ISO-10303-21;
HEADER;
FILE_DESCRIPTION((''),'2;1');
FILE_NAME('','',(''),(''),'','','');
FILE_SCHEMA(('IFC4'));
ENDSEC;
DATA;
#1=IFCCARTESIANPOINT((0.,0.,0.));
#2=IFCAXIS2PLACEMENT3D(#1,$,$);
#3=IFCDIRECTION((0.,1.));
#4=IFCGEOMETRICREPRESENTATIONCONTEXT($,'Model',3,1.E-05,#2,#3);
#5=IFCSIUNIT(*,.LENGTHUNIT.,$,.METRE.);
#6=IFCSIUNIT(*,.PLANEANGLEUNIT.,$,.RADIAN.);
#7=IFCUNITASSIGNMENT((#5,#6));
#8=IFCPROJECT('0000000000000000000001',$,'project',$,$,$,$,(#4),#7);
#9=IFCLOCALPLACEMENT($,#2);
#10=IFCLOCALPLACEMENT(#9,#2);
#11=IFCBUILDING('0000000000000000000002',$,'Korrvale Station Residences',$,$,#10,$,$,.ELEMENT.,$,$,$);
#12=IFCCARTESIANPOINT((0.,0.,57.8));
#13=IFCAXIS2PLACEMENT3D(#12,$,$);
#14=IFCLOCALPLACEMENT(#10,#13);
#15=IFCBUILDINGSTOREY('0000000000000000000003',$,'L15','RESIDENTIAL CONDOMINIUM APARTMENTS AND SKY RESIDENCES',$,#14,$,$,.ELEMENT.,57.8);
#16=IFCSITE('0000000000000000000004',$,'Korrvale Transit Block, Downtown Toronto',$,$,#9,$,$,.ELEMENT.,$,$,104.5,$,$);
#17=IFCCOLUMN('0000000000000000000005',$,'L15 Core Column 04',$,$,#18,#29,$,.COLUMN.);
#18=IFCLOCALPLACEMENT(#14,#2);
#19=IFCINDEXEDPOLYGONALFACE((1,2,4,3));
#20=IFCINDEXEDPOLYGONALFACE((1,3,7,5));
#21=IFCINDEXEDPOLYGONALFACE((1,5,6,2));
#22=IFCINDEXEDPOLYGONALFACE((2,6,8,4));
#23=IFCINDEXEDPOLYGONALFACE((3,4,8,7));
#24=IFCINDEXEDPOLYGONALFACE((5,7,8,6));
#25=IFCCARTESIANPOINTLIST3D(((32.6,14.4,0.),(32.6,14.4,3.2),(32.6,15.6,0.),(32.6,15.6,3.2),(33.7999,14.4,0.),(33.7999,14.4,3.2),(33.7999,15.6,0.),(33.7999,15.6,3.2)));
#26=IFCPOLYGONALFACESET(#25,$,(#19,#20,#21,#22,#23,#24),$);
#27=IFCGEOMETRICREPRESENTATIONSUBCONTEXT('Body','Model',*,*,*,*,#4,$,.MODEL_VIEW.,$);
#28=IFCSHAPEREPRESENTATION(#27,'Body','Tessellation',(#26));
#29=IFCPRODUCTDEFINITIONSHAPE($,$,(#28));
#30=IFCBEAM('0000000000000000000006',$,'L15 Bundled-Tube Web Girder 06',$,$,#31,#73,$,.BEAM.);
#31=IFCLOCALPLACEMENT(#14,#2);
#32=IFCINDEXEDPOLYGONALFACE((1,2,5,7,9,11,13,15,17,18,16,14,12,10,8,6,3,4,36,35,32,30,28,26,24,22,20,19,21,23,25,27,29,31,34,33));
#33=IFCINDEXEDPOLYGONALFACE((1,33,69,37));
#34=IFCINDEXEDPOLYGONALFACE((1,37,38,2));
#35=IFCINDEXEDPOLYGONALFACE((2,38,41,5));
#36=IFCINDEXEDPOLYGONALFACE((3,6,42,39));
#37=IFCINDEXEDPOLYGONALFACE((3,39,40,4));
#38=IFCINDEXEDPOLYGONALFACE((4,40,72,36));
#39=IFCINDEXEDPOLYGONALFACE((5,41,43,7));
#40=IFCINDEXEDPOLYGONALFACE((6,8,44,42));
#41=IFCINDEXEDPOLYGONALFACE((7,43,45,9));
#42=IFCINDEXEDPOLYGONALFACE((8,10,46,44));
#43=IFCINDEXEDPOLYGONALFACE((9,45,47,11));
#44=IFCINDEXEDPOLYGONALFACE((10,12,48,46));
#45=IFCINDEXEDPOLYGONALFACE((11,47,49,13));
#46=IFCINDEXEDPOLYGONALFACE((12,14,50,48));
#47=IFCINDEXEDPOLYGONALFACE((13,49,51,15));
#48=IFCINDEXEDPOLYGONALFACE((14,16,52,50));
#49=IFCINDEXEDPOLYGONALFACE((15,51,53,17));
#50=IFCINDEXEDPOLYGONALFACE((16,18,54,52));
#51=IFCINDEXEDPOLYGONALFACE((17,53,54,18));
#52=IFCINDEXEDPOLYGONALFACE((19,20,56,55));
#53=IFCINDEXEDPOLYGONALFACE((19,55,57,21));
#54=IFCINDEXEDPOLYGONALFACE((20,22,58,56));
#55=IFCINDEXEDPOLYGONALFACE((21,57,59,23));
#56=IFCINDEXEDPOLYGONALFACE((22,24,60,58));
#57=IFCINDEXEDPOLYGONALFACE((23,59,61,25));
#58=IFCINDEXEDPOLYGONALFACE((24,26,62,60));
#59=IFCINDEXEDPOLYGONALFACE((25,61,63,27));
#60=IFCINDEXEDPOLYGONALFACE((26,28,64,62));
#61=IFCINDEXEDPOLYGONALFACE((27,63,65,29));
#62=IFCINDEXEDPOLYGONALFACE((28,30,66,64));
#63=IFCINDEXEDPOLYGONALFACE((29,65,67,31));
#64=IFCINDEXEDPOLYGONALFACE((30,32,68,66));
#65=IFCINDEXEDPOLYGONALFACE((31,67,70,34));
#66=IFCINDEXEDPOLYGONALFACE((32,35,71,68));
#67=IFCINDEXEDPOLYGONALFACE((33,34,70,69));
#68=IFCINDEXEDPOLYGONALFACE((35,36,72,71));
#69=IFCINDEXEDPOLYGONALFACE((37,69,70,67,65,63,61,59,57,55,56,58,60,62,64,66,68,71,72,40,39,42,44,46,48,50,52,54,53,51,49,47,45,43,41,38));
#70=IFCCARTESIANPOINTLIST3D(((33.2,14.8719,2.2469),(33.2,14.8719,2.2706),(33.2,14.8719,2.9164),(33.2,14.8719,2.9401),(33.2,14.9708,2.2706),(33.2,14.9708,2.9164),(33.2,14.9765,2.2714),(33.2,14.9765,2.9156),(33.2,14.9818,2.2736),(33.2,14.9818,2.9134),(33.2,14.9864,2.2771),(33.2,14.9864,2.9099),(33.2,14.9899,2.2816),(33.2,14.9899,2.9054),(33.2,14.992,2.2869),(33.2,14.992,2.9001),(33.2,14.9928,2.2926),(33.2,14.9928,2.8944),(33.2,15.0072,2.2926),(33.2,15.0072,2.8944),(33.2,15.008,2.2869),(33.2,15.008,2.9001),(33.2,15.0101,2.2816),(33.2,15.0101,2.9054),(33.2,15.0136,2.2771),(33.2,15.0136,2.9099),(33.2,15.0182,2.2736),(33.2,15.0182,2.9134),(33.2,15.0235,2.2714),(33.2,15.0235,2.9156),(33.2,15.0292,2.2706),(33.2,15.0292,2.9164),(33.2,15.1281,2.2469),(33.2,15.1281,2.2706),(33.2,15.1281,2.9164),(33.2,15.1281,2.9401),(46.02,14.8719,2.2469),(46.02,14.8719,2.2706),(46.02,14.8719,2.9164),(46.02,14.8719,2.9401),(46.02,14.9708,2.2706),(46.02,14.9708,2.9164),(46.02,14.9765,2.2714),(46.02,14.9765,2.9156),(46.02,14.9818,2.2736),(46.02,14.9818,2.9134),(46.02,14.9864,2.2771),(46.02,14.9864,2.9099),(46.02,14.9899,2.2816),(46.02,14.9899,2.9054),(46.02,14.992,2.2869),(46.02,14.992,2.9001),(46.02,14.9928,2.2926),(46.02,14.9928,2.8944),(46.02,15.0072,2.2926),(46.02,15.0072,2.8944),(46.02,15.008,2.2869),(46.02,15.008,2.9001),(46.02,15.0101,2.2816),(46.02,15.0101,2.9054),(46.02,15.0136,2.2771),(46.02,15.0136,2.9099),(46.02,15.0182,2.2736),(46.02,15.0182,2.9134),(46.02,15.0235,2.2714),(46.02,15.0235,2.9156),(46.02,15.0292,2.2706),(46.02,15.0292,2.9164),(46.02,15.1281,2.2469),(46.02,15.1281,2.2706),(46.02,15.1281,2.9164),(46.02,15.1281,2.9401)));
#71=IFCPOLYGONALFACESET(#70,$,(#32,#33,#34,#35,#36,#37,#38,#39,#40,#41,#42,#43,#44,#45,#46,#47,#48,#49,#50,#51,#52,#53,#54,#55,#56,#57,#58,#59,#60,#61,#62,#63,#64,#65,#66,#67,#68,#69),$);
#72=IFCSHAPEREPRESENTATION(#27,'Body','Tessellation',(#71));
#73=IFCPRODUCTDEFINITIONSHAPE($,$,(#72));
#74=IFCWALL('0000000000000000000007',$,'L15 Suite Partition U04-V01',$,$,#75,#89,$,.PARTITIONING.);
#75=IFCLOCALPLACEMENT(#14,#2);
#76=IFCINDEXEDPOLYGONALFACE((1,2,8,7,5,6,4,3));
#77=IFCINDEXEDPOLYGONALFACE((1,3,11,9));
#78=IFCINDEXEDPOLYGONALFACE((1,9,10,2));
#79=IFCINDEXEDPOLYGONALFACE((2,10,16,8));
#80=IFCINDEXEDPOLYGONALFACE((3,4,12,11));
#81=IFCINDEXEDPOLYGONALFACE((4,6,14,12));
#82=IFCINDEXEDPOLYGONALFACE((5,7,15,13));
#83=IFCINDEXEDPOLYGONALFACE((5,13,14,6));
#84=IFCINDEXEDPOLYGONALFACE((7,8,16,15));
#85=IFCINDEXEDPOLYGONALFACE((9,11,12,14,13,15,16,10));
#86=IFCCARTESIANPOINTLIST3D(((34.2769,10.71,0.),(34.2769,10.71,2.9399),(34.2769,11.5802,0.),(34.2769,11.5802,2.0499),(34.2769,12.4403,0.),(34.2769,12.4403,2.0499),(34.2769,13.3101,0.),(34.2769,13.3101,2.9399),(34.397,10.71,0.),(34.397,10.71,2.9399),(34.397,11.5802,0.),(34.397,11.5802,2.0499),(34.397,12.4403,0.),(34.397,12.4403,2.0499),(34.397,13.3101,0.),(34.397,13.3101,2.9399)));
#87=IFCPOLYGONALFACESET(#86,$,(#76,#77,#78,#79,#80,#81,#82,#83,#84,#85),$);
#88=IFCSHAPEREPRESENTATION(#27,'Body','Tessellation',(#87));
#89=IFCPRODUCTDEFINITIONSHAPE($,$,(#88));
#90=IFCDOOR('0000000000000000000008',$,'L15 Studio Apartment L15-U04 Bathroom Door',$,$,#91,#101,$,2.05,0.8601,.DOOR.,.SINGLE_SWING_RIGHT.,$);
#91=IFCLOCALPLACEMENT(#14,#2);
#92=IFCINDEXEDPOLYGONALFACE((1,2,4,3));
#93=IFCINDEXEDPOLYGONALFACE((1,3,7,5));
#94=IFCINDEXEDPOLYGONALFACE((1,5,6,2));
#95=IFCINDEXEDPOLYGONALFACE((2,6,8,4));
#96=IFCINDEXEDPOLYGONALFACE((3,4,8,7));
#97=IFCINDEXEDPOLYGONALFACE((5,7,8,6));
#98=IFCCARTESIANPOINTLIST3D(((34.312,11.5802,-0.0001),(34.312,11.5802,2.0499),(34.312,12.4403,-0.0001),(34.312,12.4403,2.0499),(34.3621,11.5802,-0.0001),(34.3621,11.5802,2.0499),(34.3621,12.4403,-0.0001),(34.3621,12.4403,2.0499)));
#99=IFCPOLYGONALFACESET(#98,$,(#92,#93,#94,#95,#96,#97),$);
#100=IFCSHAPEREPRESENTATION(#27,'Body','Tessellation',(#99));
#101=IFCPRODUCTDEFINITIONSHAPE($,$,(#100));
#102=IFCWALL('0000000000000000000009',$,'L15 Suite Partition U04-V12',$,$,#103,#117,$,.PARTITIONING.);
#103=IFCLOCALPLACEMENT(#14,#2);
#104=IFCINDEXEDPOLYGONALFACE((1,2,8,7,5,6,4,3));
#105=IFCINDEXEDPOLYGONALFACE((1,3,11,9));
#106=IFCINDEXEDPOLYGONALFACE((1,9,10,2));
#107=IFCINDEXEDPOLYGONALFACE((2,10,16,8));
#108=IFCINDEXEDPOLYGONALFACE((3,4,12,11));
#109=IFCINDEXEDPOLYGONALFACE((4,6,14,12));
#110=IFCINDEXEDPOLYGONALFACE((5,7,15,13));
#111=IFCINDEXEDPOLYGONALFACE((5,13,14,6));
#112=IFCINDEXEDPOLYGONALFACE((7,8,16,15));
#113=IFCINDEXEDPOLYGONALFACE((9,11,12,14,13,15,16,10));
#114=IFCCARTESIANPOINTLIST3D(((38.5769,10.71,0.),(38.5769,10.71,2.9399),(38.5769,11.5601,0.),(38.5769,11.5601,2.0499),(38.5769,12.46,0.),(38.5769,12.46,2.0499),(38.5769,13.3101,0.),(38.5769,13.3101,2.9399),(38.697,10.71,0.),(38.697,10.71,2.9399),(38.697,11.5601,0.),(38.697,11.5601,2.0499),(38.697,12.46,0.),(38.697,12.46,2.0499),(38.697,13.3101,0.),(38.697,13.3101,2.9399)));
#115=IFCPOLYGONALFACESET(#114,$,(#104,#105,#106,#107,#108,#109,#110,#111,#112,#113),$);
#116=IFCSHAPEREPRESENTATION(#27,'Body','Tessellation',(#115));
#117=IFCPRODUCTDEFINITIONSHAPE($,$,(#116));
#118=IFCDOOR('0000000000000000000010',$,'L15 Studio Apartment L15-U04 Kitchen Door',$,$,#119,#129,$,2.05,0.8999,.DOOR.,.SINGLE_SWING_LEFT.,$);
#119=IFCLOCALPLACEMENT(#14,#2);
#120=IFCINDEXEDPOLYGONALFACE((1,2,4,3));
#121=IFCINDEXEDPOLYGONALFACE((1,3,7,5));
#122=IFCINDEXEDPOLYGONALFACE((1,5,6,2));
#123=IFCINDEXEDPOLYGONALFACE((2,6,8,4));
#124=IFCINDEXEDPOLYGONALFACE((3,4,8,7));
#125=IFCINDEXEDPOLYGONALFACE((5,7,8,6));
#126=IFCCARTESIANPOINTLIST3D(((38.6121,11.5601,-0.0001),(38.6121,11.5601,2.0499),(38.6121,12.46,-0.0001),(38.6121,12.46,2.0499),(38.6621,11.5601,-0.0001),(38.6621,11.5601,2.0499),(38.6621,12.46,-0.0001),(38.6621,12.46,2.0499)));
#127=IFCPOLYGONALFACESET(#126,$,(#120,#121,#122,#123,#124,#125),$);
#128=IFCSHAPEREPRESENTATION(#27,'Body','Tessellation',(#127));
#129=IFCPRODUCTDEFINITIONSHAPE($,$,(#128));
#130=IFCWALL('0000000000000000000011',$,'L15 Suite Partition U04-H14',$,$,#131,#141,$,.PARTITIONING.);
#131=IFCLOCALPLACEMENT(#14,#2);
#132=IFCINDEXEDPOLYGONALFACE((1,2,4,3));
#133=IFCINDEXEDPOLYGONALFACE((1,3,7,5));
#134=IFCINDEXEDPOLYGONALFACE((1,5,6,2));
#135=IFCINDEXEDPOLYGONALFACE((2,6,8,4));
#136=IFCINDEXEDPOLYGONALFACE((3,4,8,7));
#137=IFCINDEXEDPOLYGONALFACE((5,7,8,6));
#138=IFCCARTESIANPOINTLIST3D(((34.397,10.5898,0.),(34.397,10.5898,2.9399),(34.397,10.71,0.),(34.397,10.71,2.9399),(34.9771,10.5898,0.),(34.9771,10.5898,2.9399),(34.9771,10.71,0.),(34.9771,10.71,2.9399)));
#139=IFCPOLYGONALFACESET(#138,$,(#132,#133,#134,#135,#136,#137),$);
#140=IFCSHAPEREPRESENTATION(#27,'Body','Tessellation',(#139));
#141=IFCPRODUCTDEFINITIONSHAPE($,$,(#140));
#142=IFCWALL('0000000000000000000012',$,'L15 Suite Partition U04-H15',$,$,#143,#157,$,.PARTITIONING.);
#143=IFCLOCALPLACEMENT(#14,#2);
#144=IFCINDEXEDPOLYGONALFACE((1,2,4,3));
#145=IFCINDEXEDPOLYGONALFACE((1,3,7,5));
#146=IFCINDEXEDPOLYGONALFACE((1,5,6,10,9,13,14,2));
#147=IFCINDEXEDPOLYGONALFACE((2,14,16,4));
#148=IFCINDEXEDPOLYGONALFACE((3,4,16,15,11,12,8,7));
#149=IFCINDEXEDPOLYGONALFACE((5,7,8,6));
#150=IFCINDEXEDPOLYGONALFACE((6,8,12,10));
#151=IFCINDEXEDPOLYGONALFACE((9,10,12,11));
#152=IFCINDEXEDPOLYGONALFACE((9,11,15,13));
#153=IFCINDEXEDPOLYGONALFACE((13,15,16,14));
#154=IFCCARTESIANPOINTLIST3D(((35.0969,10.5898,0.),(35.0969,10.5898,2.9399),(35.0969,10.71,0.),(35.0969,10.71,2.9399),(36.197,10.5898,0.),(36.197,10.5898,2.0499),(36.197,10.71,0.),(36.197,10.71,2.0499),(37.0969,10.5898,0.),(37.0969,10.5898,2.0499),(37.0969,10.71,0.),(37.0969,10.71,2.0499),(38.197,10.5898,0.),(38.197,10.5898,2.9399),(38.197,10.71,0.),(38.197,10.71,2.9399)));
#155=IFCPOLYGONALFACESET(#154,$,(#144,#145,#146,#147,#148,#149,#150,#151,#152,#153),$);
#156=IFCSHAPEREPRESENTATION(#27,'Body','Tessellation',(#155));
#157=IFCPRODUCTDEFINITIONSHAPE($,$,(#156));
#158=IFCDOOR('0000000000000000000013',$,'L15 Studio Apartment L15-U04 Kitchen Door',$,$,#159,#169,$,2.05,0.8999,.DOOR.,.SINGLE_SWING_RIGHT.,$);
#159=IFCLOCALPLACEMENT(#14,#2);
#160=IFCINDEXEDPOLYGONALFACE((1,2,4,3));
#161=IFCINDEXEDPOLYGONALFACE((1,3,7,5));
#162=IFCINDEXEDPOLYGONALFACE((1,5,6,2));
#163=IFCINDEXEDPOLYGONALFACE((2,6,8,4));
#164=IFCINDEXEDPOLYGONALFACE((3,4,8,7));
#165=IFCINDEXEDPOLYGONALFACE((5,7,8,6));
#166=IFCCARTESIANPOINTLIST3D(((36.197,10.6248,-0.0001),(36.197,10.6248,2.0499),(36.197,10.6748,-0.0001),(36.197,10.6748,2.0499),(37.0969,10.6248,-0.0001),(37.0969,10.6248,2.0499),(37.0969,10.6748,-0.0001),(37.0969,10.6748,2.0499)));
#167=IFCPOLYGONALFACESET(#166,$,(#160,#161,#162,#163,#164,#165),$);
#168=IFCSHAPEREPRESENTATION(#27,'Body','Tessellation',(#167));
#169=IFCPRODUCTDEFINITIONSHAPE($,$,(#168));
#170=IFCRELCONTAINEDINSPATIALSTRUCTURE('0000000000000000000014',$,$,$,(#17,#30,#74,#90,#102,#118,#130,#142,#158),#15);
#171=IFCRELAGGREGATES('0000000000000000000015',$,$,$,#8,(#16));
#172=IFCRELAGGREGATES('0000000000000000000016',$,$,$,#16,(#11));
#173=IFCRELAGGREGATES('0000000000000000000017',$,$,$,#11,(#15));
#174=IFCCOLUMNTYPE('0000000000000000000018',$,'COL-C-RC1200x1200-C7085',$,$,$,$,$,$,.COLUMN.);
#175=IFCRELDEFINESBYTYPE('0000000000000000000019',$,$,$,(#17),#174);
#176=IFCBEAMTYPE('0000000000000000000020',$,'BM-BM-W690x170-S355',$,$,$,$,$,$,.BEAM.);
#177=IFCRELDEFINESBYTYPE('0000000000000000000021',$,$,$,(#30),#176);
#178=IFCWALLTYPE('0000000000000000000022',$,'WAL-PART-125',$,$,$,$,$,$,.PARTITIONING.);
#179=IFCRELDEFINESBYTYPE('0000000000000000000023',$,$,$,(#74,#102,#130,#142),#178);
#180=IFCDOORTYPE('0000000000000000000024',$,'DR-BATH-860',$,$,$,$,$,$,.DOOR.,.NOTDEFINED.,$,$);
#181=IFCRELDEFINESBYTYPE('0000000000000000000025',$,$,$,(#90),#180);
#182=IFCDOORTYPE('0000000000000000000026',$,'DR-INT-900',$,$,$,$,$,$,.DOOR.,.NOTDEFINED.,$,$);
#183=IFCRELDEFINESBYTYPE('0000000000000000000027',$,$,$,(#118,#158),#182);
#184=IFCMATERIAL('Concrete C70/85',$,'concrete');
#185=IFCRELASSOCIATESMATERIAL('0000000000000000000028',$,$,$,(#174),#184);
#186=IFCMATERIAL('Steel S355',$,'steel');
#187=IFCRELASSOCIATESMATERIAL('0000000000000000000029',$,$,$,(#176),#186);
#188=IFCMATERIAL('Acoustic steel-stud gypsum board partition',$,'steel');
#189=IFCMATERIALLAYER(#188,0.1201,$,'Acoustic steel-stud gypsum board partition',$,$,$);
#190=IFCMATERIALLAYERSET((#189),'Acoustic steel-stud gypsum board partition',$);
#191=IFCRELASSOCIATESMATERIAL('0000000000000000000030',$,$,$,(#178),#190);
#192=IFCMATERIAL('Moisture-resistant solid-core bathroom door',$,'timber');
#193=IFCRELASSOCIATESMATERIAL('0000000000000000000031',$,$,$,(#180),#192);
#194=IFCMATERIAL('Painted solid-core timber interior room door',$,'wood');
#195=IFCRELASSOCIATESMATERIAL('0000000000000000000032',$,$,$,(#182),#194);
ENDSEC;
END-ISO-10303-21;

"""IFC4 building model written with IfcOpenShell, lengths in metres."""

from ifc_helpers import new_model, si_unit, direction, frame, frame_2d, origin, origin_2d, place, context, subcontext, project, spatial, rectangle, i_section, extrude, material, layer, layer_set, material_profile, profile_set, type_object, element, fill, save


model = new_model("IFC4")

# Units and contexts
model_context = context("Model", 3, precision=1e-05, world=origin(), true_north=direction((0.0, 1.0)))
body_context = subcontext(model_context, "Body", "Model", "MODEL_VIEW")
ifc_project = project(units=[si_unit("LENGTHUNIT", "METRE"), si_unit("PLANEANGLEUNIT", "RADIAN")], contexts=[model_context])

# Site, building, storey
site_placement = place(None, origin())
site = spatial("IfcSite", under=ifc_project, at=site_placement, Name="Korrvale Transit Block, Downtown Toronto", CompositionType="ELEMENT", RefElevation=104.5)
building_placement = place(site_placement, origin())
building = spatial("IfcBuilding", under=site, at=building_placement, Name="Korrvale Station Residences", CompositionType="ELEMENT")
storey_placement = place(building_placement, frame((0.0, 0.0, 57.8)))
storey = spatial("IfcBuildingStorey", under=building, at=storey_placement, Name="L15", Description="RESIDENTIAL CONDOMINIUM APARTMENTS AND SKY RESIDENCES", CompositionType="ELEMENT", Elevation=57.8)

# Column
ifc_material_1 = material(Name="Concrete C70/85", Category="concrete")
ifc_material_profile_1 = material_profile(ifc_material_1, rectangle(XDim=1.2, YDim=1.2, at=origin_2d()), Name="RC1200x1200")
ifc_profile_set_1 = profile_set([ifc_material_profile_1], Name="Concrete C70/85")
column_type = type_object("IfcColumnType", Name="COL-C-RC1200x1200-C7085", PredefinedType="COLUMN", material=ifc_profile_set_1)
column_placement = place(storey_placement, frame((33.2, 15.0, 0.0), z_axis=(0.0, 0.0, 1.0), x_axis=(1.0, 0.0, 0.0)))
element("IfcColumn", 1, at=column_placement, inside=storey, type_object=column_type, Name="L15 Core Column 04", PredefinedType="COLUMN", context=body_context, shape_type="SweptSolid", body=[
    extrude(rectangle(XDim=1.2, YDim=1.2, at=origin_2d()), origin(), (0.0, 0.0, 1.0), 3.2),
])

# Beam
ifc_material_2 = material(Name="Steel S355", Category="steel")
ifc_material_profile_2 = material_profile(ifc_material_2, i_section(OverallWidth=0.2561, OverallDepth=0.6931, WebThickness=0.0144, FlangeThickness=0.0237, FilletRadius=0.022, at=origin_2d()), Name="W690x170")
ifc_profile_set_2 = profile_set([ifc_material_profile_2], Name="Steel S355")
beam_type = type_object("IfcBeamType", Name="BM-BM-W690x170-S355", PredefinedType="BEAM", material=ifc_profile_set_2)
beam_placement = place(storey_placement, frame((33.2, 15.0, 2.5935), z_axis=(1.0, 0.0, 0.0), x_axis=(0.0, 1.0, 0.0)))
element("IfcBeam", 2, at=beam_placement, inside=storey, type_object=beam_type, Name="L15 Bundled-Tube Web Girder 06", PredefinedType="BEAM", context=body_context, shape_type="SweptSolid", body=[
    extrude(i_section(OverallWidth=0.2561, OverallDepth=0.6931, WebThickness=0.0144, FlangeThickness=0.0237, FilletRadius=0.022, at=origin_2d()), origin(), (0.0, 0.0, 1.0), 12.8201),
])

# Walls, openings, doors
ifc_material_3 = material(Name="Acoustic steel-stud gypsum board partition", Category="steel")
ifc_layer_1 = layer(ifc_material_3, 0.1201, Name="Acoustic steel-stud gypsum board partition")
ifc_layer_set_1 = layer_set([ifc_layer_1], Name="Acoustic steel-stud gypsum board partition")
wall_type_1 = type_object("IfcWallType", Name="WAL-PART-125", PredefinedType="PARTITIONING", material=ifc_layer_set_1)
wall_1_placement = place(storey_placement, frame((34.3369, 10.71, 0.0), z_axis=(0.0, 0.0, 1.0), x_axis=(0.0, 1.0, 0.0)))
wall_1 = element("IfcWall", 3, at=wall_1_placement, inside=storey, type_object=wall_type_1, Name="L15 Suite Partition U04-V01", PredefinedType="PARTITIONING", context=body_context, shape_type="SweptSolid", body=[
    extrude(rectangle(XDim=2.6001, YDim=0.1201, at=frame_2d((1.3, 0.0))), origin(), (0.0, 0.0, 1.0), 2.9399),
])
opening_1_placement = place(wall_1_placement, frame((0.8701, 0.0, 0.0)))
opening_1 = element("IfcOpeningElement", 4, at=opening_1_placement, cuts=wall_1, PredefinedType="OPENING", context=body_context, shape_type="SweptSolid", body=[
    extrude(rectangle(XDim=0.8601, YDim=2.05, at=frame_2d((0.4302, 1.0249))), frame((0.0, 0.0701, 0.0), z_axis=(0.0, -1.0, 0.0), x_axis=(1.0, 0.0, 0.0)), (0.0, 0.0, 1.0), 0.1401),
])
ifc_material_4 = material(Name="Moisture-resistant solid-core bathroom door", Category="timber")
door_type_1 = type_object("IfcDoorType", Name="DR-BATH-860", OperationType="NOTDEFINED", PredefinedType="DOOR", material=ifc_material_4)
door_1_placement = place(opening_1_placement, origin())
door_1 = element("IfcDoor", 5, at=door_1_placement, inside=storey, type_object=door_type_1, Name="L15 Studio Apartment L15-U04 Bathroom Door", OperationType="SINGLE_SWING_RIGHT", OverallHeight=2.05, OverallWidth=0.8601, PredefinedType="DOOR", context=body_context, shape_type="SweptSolid", body=[
    extrude(rectangle(XDim=0.8601, YDim=2.05, at=frame_2d((0.4302, 1.0249))), frame((0.0, 0.0249, 0.0), z_axis=(0.0, -1.0, 0.0), x_axis=(1.0, 0.0, 0.0)), (0.0, 0.0, 1.0), 0.05),
])
fill(opening_1, door_1)
wall_2_placement = place(storey_placement, frame((38.637, 10.71, 0.0), z_axis=(0.0, 0.0, 1.0), x_axis=(0.0, 1.0, 0.0)))
wall_2 = element("IfcWall", 6, at=wall_2_placement, inside=storey, type_object=wall_type_1, Name="L15 Suite Partition U04-V12", PredefinedType="PARTITIONING", context=body_context, shape_type="SweptSolid", body=[
    extrude(rectangle(XDim=2.6001, YDim=0.1201, at=frame_2d((1.3, 0.0))), origin(), (0.0, 0.0, 1.0), 2.9399),
])
opening_2_placement = place(wall_2_placement, frame((0.8501, 0.0, 0.0)))
opening_2 = element("IfcOpeningElement", 7, at=opening_2_placement, cuts=wall_2, PredefinedType="OPENING", context=body_context, shape_type="SweptSolid", body=[
    extrude(rectangle(XDim=0.8999, YDim=2.05, at=frame_2d((0.45, 1.0249))), frame((0.0, 0.0701, 0.0), z_axis=(0.0, -1.0, 0.0), x_axis=(1.0, 0.0, 0.0)), (0.0, 0.0, 1.0), 0.1401),
])
ifc_material_5 = material(Name="Painted solid-core timber interior room door", Category="wood")
door_type_2 = type_object("IfcDoorType", Name="DR-INT-900", OperationType="NOTDEFINED", PredefinedType="DOOR", material=ifc_material_5)
door_2_placement = place(opening_2_placement, origin())
door_2 = element("IfcDoor", 8, at=door_2_placement, inside=storey, type_object=door_type_2, Name="L15 Studio Apartment L15-U04 Kitchen Door", OperationType="SINGLE_SWING_LEFT", OverallHeight=2.05, OverallWidth=0.8999, PredefinedType="DOOR", context=body_context, shape_type="SweptSolid", body=[
    extrude(rectangle(XDim=0.8999, YDim=2.05, at=frame_2d((0.45, 1.0249))), frame((0.0, 0.0249, 0.0), z_axis=(0.0, -1.0, 0.0), x_axis=(1.0, 0.0, 0.0)), (0.0, 0.0, 1.0), 0.05),
])
fill(opening_2, door_2)

# Wall
wall_3_placement = place(storey_placement, frame((34.397, 10.6499, 0.0), z_axis=(0.0, 0.0, 1.0), x_axis=(1.0, 0.0, 0.0)))
element("IfcWall", 9, at=wall_3_placement, inside=storey, type_object=wall_type_1, Name="L15 Suite Partition U04-H14", PredefinedType="PARTITIONING", context=body_context, shape_type="SweptSolid", body=[
    extrude(rectangle(XDim=0.5801, YDim=0.1201, at=frame_2d((0.29, 0.0))), origin(), (0.0, 0.0, 1.0), 2.9399),
])

# Wall, opening, door
wall_4_placement = place(storey_placement, frame((35.0969, 10.6499, 0.0), z_axis=(0.0, 0.0, 1.0), x_axis=(1.0, 0.0, 0.0)))
wall_4 = element("IfcWall", 10, at=wall_4_placement, inside=storey, type_object=wall_type_1, Name="L15 Suite Partition U04-H15", PredefinedType="PARTITIONING", context=body_context, shape_type="SweptSolid", body=[
    extrude(rectangle(XDim=3.1001, YDim=0.1201, at=frame_2d((1.55, 0.0))), origin(), (0.0, 0.0, 1.0), 2.9399),
])
opening_3_placement = place(wall_4_placement, frame((1.1001, 0.0, 0.0)))
opening_3 = element("IfcOpeningElement", 11, at=opening_3_placement, cuts=wall_4, PredefinedType="OPENING", context=body_context, shape_type="SweptSolid", body=[
    extrude(rectangle(XDim=0.8999, YDim=2.05, at=frame_2d((0.45, 1.0249))), frame((0.0, 0.0701, 0.0), z_axis=(0.0, -1.0, 0.0), x_axis=(1.0, 0.0, 0.0)), (0.0, 0.0, 1.0), 0.1401),
])
door_3_placement = place(opening_3_placement, origin())
door_3 = element("IfcDoor", 12, at=door_3_placement, inside=storey, type_object=door_type_2, Name="L15 Studio Apartment L15-U04 Kitchen Door", OperationType="SINGLE_SWING_RIGHT", OverallHeight=2.05, OverallWidth=0.8999, PredefinedType="DOOR", context=body_context, shape_type="SweptSolid", body=[
    extrude(rectangle(XDim=0.8999, YDim=2.05, at=frame_2d((0.45, 1.0249))), frame((0.0, 0.0249, 0.0), z_axis=(0.0, -1.0, 0.0), x_axis=(1.0, 0.0, 0.0)), (0.0, 0.0, 1.0), 0.05),
])
fill(opening_3, door_3)

save(model, "model.ifc")
